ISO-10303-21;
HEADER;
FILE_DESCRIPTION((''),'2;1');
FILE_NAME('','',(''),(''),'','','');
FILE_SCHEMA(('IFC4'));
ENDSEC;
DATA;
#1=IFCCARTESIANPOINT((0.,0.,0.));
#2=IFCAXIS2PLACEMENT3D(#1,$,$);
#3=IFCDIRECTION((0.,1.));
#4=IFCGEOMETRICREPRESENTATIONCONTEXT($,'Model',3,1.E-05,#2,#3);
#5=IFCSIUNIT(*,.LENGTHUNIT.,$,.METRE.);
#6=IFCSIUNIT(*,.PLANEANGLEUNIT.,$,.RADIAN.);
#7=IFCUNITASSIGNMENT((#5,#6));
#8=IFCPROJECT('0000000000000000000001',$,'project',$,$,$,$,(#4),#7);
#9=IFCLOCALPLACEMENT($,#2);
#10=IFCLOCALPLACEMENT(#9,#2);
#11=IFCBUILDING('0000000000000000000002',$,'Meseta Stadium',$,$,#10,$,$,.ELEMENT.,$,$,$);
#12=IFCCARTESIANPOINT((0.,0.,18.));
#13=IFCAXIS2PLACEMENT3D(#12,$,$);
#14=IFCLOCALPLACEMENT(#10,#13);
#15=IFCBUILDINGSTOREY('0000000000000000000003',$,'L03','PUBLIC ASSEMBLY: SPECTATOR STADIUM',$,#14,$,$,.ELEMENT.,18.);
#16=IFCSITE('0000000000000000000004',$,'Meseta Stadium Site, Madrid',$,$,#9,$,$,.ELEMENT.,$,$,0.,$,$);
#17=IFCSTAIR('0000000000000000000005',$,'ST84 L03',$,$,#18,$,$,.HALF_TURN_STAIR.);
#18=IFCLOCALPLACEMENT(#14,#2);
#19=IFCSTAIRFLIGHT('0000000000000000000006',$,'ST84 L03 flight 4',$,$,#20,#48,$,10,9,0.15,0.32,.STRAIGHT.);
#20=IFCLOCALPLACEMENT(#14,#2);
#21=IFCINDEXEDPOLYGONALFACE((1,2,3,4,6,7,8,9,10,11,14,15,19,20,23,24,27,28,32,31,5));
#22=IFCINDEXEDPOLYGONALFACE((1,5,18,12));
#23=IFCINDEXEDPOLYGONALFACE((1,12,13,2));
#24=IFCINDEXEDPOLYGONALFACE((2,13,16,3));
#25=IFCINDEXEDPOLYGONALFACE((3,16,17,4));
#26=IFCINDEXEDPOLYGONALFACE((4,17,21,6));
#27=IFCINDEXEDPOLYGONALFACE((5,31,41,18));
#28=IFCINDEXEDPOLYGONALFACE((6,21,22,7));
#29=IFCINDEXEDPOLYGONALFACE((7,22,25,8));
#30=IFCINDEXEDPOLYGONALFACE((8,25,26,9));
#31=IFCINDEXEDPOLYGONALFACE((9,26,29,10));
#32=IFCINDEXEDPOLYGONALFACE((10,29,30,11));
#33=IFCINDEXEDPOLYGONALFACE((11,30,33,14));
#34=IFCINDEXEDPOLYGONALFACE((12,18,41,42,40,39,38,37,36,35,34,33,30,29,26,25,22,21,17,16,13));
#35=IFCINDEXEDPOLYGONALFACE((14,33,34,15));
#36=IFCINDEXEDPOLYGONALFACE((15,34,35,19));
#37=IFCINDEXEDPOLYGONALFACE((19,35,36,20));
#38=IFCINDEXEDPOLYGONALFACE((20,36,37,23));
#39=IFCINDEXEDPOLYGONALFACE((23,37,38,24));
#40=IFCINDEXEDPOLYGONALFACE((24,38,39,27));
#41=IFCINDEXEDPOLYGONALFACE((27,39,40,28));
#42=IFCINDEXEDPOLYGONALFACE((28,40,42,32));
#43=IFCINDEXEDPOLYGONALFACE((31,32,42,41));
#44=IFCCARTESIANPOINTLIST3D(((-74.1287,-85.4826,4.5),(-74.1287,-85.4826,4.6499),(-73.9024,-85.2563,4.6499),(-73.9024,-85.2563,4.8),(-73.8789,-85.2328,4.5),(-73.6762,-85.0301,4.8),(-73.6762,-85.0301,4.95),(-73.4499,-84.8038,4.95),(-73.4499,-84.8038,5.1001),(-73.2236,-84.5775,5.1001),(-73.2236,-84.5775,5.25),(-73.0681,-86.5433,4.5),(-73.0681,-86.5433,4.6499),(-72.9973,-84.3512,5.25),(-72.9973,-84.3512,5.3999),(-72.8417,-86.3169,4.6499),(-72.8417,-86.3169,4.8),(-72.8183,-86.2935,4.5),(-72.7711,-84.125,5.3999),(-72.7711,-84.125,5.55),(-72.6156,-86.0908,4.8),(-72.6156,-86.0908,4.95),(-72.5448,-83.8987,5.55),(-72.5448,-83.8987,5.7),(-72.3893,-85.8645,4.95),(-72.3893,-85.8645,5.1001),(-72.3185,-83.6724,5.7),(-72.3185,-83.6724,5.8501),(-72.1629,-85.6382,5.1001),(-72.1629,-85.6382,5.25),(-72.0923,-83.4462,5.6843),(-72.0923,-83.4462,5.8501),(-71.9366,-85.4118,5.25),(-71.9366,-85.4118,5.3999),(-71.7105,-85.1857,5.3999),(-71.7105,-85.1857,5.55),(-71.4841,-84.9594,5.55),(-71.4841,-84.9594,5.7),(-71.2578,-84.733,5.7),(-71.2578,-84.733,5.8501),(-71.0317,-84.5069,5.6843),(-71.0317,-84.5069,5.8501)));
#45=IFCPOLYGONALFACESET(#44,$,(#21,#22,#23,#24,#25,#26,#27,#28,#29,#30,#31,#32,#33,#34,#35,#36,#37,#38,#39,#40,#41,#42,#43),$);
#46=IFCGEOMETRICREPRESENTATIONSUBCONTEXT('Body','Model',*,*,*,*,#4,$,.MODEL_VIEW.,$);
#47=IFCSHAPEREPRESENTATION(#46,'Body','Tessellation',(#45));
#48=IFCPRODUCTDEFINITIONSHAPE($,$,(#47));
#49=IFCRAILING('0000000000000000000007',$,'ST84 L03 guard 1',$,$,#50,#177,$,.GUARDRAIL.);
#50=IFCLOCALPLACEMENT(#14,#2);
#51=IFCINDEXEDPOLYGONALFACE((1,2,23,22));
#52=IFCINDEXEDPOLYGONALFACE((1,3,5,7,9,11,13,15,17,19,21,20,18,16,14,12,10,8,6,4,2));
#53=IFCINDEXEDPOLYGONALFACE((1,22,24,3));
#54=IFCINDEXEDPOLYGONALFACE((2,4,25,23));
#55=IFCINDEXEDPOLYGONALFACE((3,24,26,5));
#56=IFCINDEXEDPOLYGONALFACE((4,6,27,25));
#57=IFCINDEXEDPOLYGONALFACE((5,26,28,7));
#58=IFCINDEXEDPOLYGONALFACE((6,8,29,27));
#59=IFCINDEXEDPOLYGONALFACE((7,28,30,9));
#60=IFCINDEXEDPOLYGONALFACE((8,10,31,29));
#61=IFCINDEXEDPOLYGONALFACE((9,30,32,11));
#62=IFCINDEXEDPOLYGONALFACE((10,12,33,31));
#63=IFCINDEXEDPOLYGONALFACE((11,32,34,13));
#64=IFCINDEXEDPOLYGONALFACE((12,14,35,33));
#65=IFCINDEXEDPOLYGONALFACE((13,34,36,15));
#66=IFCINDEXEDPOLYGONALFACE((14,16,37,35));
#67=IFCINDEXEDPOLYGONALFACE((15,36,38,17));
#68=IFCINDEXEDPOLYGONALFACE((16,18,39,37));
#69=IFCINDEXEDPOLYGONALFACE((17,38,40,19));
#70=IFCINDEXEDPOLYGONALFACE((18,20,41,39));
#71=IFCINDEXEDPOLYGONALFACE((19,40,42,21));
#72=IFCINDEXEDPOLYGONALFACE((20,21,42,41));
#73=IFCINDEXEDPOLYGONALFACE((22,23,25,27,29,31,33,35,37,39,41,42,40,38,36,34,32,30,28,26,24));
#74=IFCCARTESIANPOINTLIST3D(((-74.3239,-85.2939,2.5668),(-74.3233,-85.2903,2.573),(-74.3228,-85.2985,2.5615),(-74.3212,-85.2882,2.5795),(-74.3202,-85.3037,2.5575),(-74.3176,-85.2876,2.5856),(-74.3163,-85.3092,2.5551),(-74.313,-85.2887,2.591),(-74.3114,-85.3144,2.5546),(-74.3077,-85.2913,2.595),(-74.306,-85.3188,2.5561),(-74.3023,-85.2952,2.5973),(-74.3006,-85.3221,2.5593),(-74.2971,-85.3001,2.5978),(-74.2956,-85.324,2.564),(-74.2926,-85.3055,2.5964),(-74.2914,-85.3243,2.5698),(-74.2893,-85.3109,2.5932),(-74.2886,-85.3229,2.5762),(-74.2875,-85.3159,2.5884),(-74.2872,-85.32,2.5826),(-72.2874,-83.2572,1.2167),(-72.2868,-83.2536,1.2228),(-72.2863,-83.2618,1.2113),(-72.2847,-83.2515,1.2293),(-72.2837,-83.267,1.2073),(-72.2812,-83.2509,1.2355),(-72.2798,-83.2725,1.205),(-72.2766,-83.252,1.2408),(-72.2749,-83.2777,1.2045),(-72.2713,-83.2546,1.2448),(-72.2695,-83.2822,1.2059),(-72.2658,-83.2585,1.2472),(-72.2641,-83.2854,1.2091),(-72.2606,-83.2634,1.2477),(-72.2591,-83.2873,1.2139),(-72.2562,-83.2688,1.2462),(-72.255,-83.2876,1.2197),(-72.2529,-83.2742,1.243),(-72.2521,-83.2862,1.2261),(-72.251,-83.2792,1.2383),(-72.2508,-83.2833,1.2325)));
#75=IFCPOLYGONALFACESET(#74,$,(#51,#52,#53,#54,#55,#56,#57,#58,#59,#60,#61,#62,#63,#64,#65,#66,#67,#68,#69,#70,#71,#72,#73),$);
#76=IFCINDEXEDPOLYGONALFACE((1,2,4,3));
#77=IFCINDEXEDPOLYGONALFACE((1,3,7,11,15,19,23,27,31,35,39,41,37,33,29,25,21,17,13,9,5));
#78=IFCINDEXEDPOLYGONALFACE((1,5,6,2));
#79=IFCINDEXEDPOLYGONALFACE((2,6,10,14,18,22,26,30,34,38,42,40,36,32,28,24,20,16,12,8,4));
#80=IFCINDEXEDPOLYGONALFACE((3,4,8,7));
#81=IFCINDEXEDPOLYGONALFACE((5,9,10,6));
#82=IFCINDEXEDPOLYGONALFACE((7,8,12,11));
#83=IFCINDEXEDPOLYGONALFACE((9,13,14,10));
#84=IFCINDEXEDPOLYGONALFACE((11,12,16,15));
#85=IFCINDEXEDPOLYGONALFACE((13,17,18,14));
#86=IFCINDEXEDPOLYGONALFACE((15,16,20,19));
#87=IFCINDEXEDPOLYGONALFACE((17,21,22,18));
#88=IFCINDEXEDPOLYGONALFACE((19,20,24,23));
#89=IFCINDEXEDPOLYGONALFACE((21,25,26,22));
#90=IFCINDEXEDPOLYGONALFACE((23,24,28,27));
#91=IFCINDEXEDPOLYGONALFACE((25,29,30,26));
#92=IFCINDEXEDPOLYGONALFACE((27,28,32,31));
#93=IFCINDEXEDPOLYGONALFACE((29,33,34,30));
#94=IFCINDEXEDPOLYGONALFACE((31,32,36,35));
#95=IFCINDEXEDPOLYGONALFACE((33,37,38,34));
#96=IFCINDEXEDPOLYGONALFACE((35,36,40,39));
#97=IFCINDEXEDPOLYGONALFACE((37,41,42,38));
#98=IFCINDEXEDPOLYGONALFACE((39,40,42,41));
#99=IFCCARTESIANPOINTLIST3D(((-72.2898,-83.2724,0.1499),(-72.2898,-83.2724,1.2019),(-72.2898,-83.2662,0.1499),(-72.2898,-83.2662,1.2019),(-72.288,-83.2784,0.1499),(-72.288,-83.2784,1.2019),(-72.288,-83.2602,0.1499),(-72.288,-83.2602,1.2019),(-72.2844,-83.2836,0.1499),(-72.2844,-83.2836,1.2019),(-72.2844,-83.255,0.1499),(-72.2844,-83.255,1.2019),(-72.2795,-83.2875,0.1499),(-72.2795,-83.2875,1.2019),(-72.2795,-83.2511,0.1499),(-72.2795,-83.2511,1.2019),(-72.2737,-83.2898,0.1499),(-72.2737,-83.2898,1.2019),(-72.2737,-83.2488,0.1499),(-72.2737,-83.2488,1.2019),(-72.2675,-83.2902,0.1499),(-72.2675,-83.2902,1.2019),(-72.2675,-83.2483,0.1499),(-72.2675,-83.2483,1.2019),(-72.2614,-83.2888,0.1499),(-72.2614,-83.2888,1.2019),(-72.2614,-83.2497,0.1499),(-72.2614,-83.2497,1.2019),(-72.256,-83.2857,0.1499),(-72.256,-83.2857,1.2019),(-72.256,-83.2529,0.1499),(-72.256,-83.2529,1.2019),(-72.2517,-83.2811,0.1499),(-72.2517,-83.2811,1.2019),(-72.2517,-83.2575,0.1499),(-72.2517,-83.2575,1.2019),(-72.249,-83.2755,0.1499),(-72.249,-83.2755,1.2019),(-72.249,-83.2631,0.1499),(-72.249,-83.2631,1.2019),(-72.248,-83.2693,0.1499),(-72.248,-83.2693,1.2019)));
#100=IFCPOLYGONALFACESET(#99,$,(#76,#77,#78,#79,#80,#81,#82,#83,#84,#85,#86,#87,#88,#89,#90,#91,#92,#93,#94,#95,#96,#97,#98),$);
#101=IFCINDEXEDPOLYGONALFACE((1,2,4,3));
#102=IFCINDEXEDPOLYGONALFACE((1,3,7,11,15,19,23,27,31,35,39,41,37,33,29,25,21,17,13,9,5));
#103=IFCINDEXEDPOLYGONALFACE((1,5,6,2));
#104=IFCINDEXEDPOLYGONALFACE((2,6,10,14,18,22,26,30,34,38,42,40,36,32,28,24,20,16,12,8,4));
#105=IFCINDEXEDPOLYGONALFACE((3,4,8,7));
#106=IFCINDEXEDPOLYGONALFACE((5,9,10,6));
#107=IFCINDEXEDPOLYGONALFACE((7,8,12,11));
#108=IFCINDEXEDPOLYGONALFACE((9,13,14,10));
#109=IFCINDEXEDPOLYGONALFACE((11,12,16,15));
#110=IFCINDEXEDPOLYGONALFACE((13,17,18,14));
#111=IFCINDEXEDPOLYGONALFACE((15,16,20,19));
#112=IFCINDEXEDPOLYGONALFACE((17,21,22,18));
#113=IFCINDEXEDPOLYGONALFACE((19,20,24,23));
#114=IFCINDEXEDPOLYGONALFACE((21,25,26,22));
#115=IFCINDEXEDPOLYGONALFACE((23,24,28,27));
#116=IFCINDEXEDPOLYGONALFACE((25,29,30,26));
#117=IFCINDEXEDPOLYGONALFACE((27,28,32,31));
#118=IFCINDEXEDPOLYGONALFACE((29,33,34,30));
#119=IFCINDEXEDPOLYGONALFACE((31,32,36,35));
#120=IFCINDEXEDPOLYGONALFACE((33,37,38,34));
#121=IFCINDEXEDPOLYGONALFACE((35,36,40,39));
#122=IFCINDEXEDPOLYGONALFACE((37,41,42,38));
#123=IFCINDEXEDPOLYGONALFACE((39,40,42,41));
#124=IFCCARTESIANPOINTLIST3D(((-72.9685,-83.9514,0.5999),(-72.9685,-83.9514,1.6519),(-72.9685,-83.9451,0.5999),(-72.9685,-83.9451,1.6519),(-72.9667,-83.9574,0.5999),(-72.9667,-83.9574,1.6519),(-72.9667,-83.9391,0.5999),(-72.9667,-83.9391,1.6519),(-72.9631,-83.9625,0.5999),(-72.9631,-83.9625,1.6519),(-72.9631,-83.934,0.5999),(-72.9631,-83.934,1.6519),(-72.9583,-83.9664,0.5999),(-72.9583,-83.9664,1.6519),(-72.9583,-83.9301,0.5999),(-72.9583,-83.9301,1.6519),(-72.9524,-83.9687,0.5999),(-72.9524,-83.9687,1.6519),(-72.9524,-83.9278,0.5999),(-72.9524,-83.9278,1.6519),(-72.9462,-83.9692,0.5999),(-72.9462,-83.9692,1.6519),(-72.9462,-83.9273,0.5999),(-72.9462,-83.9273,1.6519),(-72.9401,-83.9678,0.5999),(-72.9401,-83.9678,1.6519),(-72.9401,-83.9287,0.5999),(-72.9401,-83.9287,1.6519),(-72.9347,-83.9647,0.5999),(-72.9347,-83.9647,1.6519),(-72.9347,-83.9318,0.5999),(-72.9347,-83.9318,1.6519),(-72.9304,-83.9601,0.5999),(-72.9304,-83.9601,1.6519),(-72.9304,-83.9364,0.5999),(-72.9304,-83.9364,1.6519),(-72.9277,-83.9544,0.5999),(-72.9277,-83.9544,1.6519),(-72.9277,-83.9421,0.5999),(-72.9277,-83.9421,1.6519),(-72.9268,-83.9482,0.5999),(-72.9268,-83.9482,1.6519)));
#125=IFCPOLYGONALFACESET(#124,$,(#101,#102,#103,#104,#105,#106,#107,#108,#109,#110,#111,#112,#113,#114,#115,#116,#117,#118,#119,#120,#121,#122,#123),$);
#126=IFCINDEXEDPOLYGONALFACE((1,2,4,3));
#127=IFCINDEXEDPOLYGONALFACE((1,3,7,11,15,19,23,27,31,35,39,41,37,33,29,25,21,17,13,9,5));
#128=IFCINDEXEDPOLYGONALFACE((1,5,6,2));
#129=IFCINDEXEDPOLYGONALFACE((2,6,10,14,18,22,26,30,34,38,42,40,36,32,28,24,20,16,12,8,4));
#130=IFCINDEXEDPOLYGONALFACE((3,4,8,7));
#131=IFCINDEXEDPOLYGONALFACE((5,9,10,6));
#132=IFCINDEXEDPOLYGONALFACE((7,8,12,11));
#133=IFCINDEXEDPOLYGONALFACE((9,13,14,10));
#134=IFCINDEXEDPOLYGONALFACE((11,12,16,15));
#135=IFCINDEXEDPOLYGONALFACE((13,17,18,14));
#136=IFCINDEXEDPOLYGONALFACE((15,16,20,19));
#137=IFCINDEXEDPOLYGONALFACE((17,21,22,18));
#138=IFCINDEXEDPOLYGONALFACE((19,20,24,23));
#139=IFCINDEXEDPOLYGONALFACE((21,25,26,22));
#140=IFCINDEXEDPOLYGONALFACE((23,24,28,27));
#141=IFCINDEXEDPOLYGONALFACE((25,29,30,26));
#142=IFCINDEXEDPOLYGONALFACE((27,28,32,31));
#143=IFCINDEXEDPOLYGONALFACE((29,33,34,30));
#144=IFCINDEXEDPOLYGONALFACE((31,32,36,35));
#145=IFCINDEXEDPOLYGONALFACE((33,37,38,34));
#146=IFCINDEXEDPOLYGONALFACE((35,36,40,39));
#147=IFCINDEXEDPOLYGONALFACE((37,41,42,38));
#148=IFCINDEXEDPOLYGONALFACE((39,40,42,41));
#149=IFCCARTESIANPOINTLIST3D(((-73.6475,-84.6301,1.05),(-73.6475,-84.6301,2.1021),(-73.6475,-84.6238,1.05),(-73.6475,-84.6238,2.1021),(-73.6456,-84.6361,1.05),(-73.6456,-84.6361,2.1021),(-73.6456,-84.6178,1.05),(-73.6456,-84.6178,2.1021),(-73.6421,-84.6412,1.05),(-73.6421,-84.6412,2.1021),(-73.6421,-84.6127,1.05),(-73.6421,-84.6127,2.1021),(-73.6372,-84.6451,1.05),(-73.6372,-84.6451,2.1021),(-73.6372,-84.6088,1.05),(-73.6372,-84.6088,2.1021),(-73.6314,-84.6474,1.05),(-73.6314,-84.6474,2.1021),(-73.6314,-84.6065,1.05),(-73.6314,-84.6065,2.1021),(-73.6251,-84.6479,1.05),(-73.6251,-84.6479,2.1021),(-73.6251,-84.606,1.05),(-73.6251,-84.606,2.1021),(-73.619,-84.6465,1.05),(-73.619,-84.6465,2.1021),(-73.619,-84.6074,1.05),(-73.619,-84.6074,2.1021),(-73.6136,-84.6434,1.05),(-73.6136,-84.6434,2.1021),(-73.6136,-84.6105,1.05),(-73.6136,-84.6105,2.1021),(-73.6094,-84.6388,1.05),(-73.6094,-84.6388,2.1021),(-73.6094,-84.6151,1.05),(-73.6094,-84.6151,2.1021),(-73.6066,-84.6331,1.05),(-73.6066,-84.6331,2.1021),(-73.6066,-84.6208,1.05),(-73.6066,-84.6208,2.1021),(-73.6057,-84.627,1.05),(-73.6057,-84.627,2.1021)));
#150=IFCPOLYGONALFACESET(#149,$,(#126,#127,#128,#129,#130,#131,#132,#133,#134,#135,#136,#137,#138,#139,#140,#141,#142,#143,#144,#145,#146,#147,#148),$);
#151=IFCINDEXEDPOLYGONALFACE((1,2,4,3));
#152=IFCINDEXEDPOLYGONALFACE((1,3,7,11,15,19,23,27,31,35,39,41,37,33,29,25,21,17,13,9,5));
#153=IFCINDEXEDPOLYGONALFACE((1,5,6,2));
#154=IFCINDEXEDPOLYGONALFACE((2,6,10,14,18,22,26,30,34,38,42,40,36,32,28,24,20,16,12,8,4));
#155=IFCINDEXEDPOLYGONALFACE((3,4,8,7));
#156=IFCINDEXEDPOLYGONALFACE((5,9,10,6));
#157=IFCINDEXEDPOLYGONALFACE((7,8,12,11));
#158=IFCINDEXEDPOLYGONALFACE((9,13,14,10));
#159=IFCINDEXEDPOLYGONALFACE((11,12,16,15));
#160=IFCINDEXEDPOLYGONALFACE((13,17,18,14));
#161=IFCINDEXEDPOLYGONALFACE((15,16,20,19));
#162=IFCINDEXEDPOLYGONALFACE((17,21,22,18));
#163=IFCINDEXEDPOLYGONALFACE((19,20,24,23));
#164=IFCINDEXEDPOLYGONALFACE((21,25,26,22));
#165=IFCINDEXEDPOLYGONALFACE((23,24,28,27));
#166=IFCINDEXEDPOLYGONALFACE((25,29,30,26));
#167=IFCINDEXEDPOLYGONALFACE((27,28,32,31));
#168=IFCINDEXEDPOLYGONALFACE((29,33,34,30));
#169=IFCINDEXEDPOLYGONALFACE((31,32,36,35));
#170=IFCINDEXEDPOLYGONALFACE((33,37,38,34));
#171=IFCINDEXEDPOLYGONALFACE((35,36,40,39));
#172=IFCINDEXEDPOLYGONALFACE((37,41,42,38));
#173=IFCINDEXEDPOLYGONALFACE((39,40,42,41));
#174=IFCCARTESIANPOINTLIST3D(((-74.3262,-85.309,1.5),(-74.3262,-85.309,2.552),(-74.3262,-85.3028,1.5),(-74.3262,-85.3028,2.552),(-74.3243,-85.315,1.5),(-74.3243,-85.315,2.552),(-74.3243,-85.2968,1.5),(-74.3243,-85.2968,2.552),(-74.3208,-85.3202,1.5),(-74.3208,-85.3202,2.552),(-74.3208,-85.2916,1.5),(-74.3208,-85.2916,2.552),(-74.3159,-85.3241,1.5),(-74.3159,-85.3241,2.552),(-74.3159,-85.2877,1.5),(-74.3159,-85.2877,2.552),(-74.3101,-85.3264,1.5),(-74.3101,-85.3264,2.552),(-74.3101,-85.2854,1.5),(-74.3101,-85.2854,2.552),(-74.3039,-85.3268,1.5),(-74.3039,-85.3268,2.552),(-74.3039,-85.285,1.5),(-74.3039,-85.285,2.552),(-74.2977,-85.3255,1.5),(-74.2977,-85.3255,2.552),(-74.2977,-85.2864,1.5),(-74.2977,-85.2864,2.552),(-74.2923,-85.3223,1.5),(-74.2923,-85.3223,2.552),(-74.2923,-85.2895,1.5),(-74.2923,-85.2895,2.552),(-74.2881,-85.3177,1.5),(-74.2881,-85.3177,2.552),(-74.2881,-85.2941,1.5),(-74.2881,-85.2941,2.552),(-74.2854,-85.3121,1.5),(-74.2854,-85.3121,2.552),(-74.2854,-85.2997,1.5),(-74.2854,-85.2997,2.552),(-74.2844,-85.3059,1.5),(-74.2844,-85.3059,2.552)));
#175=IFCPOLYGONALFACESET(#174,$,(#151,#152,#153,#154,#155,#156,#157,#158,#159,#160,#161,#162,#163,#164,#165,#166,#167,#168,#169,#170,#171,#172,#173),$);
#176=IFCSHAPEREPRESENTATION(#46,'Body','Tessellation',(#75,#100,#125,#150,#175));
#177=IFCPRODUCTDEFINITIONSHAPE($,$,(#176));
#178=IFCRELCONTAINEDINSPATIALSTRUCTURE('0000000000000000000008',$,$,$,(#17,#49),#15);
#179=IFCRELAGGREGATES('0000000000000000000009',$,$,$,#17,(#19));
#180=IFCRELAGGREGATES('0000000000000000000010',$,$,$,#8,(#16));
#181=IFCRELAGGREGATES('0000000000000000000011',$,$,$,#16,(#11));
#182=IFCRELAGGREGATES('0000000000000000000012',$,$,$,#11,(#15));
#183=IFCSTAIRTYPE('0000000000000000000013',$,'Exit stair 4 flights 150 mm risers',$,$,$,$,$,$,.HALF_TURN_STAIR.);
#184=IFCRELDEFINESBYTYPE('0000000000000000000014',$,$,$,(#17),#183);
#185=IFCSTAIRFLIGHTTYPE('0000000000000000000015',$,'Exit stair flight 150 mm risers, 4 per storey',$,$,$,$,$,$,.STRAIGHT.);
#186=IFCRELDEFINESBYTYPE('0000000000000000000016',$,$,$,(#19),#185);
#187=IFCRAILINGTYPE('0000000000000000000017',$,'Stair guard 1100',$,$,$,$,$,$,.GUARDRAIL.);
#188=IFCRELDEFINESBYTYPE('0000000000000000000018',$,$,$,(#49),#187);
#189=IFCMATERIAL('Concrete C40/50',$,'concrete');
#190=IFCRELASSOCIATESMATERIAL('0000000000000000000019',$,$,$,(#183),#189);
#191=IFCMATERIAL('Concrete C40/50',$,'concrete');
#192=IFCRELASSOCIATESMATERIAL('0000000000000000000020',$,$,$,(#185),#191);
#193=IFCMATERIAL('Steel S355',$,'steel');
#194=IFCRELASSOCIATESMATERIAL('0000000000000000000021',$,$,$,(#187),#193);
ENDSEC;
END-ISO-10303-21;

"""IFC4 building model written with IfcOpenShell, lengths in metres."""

from ifc_helpers import new_model, si_unit, direction, frame, origin, origin_2d, place, context, subcontext, project, spatial, polyline, circle, outline, extrude, material, type_object, element, aggregate, save


model = new_model("IFC4")

# Units and contexts
model_context = context("Model", 3, precision=1e-05, world=origin(), true_north=direction((0.0, 1.0)))
body_context = subcontext(model_context, "Body", "Model", "MODEL_VIEW")
ifc_project = project(units=[si_unit("LENGTHUNIT", "METRE"), si_unit("PLANEANGLEUNIT", "RADIAN")], contexts=[model_context])

# Site, building, storey
site_placement = place(None, origin())
site = spatial("IfcSite", under=ifc_project, at=site_placement, Name="Meseta Stadium Site, Madrid", CompositionType="ELEMENT", RefElevation=0.0)
building_placement = place(site_placement, origin())
building = spatial("IfcBuilding", under=site, at=building_placement, Name="Meseta Stadium", CompositionType="ELEMENT")
storey_placement = place(building_placement, frame((0.0, 0.0, 18.0)))
storey = spatial("IfcBuildingStorey", under=building, at=storey_placement, Name="L03", Description="PUBLIC ASSEMBLY: SPECTATOR STADIUM", CompositionType="ELEMENT", Elevation=18.0)

# Stair, stair flight
ifc_material_1 = material(Name="Concrete C40/50", Category="concrete")
stair_type = type_object("IfcStairType", Name="Exit stair 4 flights 150 mm risers", PredefinedType="HALF_TURN_STAIR", material=ifc_material_1)
stair_placement = place(storey_placement, origin())
stair = element("IfcStair", 1, at=stair_placement, inside=storey, type_object=stair_type, Name="ST84 L03", PredefinedType="HALF_TURN_STAIR")
ifc_material_2 = material(Name="Concrete C40/50", Category="concrete")
stair_flight_type = type_object("IfcStairFlightType", Name="Exit stair flight 150 mm risers, 4 per storey", PredefinedType="STRAIGHT", material=ifc_material_2)
stair_flight_1_placement = place(storey_placement, frame((-73.5984, -86.0129, 4.5), z_axis=(0.0, 0.0, 1.0), x_axis=(0.707107, 0.707107, 0.0)))
stair_flight_1 = element("IfcStairFlight", 2, at=stair_flight_1_placement, type_object=stair_flight_type, Name="ST84 L03 flight 4", NumberOfRisers=10, NumberOfTreads=9, PredefinedType="STRAIGHT", RiserHeight=0.15, TreadLength=0.32, context=body_context, shape_type="SweptSolid", body=[
    extrude(outline(polyline([(0.0, 0.0), (0.0, 0.1499), (0.3201, 0.1499), (0.3201, 0.3), (0.6399, 0.3), (0.6399, 0.45), (0.96, 0.45), (0.96, 0.6001), (1.28, 0.6001), (1.28, 0.75), (1.6001, 0.75), (1.6001, 0.8999), (1.9199, 0.8999), (1.9199, 1.05), (2.24, 1.05), (2.24, 1.2), (2.5601, 1.2), (2.5601, 1.3501), (2.8799, 1.3501), (2.8799, 1.1843), (0.3533, 0.0), (0.0, 0.0)])), frame((0.0, 0.75, 0.0), z_axis=(0.0, -1.0, 0.0), x_axis=(1.0, 0.0, 0.0)), (0.0, 0.0, 1.0), 1.5),
])
aggregate(stair, [stair_flight_1])

# Railing
ifc_material_3 = material(Name="Steel S355", Category="steel")
railing_type_1 = type_object("IfcRailingType", Name="Stair guard 1100", PredefinedType="GUARDRAIL", material=ifc_material_3)
railing_1_placement = place(storey_placement, frame((-72.269, -83.2693, 0.1499)))
element("IfcRailing", 3, at=railing_1_placement, inside=storey, type_object=railing_type_1, Name="ST84 L03 guard 1", PredefinedType="GUARDRAIL", context=body_context, shape_type="SweptSolid", body=[
    extrude(circle(Radius=0.0239, at=origin_2d()), frame((0.0, 0.0, 1.0762), z_axis=(-0.640211, -0.640288, 0.424454), x_axis=(0.707149, -0.707064, 0.0)), (0.0, 0.0, 1.0), 3.1809),
    extrude(circle(Radius=0.021, at=origin_2d()), origin(), (0.0, 0.0, 1.0), 1.052),
    extrude(circle(Radius=0.021, at=origin_2d()), frame((-0.6787, -0.679, 0.45)), (0.0, 0.0, 1.0), 1.052),
    extrude(circle(Radius=0.021, at=origin_2d()), frame((-1.3577, -1.3577, 0.9001)), (0.0, 0.0, 1.0), 1.052),
    extrude(circle(Radius=0.021, at=origin_2d()), frame((-2.0364, -2.0366, 1.3501)), (0.0, 0.0, 1.0), 1.052),
])

save(model, "model.ifc")
